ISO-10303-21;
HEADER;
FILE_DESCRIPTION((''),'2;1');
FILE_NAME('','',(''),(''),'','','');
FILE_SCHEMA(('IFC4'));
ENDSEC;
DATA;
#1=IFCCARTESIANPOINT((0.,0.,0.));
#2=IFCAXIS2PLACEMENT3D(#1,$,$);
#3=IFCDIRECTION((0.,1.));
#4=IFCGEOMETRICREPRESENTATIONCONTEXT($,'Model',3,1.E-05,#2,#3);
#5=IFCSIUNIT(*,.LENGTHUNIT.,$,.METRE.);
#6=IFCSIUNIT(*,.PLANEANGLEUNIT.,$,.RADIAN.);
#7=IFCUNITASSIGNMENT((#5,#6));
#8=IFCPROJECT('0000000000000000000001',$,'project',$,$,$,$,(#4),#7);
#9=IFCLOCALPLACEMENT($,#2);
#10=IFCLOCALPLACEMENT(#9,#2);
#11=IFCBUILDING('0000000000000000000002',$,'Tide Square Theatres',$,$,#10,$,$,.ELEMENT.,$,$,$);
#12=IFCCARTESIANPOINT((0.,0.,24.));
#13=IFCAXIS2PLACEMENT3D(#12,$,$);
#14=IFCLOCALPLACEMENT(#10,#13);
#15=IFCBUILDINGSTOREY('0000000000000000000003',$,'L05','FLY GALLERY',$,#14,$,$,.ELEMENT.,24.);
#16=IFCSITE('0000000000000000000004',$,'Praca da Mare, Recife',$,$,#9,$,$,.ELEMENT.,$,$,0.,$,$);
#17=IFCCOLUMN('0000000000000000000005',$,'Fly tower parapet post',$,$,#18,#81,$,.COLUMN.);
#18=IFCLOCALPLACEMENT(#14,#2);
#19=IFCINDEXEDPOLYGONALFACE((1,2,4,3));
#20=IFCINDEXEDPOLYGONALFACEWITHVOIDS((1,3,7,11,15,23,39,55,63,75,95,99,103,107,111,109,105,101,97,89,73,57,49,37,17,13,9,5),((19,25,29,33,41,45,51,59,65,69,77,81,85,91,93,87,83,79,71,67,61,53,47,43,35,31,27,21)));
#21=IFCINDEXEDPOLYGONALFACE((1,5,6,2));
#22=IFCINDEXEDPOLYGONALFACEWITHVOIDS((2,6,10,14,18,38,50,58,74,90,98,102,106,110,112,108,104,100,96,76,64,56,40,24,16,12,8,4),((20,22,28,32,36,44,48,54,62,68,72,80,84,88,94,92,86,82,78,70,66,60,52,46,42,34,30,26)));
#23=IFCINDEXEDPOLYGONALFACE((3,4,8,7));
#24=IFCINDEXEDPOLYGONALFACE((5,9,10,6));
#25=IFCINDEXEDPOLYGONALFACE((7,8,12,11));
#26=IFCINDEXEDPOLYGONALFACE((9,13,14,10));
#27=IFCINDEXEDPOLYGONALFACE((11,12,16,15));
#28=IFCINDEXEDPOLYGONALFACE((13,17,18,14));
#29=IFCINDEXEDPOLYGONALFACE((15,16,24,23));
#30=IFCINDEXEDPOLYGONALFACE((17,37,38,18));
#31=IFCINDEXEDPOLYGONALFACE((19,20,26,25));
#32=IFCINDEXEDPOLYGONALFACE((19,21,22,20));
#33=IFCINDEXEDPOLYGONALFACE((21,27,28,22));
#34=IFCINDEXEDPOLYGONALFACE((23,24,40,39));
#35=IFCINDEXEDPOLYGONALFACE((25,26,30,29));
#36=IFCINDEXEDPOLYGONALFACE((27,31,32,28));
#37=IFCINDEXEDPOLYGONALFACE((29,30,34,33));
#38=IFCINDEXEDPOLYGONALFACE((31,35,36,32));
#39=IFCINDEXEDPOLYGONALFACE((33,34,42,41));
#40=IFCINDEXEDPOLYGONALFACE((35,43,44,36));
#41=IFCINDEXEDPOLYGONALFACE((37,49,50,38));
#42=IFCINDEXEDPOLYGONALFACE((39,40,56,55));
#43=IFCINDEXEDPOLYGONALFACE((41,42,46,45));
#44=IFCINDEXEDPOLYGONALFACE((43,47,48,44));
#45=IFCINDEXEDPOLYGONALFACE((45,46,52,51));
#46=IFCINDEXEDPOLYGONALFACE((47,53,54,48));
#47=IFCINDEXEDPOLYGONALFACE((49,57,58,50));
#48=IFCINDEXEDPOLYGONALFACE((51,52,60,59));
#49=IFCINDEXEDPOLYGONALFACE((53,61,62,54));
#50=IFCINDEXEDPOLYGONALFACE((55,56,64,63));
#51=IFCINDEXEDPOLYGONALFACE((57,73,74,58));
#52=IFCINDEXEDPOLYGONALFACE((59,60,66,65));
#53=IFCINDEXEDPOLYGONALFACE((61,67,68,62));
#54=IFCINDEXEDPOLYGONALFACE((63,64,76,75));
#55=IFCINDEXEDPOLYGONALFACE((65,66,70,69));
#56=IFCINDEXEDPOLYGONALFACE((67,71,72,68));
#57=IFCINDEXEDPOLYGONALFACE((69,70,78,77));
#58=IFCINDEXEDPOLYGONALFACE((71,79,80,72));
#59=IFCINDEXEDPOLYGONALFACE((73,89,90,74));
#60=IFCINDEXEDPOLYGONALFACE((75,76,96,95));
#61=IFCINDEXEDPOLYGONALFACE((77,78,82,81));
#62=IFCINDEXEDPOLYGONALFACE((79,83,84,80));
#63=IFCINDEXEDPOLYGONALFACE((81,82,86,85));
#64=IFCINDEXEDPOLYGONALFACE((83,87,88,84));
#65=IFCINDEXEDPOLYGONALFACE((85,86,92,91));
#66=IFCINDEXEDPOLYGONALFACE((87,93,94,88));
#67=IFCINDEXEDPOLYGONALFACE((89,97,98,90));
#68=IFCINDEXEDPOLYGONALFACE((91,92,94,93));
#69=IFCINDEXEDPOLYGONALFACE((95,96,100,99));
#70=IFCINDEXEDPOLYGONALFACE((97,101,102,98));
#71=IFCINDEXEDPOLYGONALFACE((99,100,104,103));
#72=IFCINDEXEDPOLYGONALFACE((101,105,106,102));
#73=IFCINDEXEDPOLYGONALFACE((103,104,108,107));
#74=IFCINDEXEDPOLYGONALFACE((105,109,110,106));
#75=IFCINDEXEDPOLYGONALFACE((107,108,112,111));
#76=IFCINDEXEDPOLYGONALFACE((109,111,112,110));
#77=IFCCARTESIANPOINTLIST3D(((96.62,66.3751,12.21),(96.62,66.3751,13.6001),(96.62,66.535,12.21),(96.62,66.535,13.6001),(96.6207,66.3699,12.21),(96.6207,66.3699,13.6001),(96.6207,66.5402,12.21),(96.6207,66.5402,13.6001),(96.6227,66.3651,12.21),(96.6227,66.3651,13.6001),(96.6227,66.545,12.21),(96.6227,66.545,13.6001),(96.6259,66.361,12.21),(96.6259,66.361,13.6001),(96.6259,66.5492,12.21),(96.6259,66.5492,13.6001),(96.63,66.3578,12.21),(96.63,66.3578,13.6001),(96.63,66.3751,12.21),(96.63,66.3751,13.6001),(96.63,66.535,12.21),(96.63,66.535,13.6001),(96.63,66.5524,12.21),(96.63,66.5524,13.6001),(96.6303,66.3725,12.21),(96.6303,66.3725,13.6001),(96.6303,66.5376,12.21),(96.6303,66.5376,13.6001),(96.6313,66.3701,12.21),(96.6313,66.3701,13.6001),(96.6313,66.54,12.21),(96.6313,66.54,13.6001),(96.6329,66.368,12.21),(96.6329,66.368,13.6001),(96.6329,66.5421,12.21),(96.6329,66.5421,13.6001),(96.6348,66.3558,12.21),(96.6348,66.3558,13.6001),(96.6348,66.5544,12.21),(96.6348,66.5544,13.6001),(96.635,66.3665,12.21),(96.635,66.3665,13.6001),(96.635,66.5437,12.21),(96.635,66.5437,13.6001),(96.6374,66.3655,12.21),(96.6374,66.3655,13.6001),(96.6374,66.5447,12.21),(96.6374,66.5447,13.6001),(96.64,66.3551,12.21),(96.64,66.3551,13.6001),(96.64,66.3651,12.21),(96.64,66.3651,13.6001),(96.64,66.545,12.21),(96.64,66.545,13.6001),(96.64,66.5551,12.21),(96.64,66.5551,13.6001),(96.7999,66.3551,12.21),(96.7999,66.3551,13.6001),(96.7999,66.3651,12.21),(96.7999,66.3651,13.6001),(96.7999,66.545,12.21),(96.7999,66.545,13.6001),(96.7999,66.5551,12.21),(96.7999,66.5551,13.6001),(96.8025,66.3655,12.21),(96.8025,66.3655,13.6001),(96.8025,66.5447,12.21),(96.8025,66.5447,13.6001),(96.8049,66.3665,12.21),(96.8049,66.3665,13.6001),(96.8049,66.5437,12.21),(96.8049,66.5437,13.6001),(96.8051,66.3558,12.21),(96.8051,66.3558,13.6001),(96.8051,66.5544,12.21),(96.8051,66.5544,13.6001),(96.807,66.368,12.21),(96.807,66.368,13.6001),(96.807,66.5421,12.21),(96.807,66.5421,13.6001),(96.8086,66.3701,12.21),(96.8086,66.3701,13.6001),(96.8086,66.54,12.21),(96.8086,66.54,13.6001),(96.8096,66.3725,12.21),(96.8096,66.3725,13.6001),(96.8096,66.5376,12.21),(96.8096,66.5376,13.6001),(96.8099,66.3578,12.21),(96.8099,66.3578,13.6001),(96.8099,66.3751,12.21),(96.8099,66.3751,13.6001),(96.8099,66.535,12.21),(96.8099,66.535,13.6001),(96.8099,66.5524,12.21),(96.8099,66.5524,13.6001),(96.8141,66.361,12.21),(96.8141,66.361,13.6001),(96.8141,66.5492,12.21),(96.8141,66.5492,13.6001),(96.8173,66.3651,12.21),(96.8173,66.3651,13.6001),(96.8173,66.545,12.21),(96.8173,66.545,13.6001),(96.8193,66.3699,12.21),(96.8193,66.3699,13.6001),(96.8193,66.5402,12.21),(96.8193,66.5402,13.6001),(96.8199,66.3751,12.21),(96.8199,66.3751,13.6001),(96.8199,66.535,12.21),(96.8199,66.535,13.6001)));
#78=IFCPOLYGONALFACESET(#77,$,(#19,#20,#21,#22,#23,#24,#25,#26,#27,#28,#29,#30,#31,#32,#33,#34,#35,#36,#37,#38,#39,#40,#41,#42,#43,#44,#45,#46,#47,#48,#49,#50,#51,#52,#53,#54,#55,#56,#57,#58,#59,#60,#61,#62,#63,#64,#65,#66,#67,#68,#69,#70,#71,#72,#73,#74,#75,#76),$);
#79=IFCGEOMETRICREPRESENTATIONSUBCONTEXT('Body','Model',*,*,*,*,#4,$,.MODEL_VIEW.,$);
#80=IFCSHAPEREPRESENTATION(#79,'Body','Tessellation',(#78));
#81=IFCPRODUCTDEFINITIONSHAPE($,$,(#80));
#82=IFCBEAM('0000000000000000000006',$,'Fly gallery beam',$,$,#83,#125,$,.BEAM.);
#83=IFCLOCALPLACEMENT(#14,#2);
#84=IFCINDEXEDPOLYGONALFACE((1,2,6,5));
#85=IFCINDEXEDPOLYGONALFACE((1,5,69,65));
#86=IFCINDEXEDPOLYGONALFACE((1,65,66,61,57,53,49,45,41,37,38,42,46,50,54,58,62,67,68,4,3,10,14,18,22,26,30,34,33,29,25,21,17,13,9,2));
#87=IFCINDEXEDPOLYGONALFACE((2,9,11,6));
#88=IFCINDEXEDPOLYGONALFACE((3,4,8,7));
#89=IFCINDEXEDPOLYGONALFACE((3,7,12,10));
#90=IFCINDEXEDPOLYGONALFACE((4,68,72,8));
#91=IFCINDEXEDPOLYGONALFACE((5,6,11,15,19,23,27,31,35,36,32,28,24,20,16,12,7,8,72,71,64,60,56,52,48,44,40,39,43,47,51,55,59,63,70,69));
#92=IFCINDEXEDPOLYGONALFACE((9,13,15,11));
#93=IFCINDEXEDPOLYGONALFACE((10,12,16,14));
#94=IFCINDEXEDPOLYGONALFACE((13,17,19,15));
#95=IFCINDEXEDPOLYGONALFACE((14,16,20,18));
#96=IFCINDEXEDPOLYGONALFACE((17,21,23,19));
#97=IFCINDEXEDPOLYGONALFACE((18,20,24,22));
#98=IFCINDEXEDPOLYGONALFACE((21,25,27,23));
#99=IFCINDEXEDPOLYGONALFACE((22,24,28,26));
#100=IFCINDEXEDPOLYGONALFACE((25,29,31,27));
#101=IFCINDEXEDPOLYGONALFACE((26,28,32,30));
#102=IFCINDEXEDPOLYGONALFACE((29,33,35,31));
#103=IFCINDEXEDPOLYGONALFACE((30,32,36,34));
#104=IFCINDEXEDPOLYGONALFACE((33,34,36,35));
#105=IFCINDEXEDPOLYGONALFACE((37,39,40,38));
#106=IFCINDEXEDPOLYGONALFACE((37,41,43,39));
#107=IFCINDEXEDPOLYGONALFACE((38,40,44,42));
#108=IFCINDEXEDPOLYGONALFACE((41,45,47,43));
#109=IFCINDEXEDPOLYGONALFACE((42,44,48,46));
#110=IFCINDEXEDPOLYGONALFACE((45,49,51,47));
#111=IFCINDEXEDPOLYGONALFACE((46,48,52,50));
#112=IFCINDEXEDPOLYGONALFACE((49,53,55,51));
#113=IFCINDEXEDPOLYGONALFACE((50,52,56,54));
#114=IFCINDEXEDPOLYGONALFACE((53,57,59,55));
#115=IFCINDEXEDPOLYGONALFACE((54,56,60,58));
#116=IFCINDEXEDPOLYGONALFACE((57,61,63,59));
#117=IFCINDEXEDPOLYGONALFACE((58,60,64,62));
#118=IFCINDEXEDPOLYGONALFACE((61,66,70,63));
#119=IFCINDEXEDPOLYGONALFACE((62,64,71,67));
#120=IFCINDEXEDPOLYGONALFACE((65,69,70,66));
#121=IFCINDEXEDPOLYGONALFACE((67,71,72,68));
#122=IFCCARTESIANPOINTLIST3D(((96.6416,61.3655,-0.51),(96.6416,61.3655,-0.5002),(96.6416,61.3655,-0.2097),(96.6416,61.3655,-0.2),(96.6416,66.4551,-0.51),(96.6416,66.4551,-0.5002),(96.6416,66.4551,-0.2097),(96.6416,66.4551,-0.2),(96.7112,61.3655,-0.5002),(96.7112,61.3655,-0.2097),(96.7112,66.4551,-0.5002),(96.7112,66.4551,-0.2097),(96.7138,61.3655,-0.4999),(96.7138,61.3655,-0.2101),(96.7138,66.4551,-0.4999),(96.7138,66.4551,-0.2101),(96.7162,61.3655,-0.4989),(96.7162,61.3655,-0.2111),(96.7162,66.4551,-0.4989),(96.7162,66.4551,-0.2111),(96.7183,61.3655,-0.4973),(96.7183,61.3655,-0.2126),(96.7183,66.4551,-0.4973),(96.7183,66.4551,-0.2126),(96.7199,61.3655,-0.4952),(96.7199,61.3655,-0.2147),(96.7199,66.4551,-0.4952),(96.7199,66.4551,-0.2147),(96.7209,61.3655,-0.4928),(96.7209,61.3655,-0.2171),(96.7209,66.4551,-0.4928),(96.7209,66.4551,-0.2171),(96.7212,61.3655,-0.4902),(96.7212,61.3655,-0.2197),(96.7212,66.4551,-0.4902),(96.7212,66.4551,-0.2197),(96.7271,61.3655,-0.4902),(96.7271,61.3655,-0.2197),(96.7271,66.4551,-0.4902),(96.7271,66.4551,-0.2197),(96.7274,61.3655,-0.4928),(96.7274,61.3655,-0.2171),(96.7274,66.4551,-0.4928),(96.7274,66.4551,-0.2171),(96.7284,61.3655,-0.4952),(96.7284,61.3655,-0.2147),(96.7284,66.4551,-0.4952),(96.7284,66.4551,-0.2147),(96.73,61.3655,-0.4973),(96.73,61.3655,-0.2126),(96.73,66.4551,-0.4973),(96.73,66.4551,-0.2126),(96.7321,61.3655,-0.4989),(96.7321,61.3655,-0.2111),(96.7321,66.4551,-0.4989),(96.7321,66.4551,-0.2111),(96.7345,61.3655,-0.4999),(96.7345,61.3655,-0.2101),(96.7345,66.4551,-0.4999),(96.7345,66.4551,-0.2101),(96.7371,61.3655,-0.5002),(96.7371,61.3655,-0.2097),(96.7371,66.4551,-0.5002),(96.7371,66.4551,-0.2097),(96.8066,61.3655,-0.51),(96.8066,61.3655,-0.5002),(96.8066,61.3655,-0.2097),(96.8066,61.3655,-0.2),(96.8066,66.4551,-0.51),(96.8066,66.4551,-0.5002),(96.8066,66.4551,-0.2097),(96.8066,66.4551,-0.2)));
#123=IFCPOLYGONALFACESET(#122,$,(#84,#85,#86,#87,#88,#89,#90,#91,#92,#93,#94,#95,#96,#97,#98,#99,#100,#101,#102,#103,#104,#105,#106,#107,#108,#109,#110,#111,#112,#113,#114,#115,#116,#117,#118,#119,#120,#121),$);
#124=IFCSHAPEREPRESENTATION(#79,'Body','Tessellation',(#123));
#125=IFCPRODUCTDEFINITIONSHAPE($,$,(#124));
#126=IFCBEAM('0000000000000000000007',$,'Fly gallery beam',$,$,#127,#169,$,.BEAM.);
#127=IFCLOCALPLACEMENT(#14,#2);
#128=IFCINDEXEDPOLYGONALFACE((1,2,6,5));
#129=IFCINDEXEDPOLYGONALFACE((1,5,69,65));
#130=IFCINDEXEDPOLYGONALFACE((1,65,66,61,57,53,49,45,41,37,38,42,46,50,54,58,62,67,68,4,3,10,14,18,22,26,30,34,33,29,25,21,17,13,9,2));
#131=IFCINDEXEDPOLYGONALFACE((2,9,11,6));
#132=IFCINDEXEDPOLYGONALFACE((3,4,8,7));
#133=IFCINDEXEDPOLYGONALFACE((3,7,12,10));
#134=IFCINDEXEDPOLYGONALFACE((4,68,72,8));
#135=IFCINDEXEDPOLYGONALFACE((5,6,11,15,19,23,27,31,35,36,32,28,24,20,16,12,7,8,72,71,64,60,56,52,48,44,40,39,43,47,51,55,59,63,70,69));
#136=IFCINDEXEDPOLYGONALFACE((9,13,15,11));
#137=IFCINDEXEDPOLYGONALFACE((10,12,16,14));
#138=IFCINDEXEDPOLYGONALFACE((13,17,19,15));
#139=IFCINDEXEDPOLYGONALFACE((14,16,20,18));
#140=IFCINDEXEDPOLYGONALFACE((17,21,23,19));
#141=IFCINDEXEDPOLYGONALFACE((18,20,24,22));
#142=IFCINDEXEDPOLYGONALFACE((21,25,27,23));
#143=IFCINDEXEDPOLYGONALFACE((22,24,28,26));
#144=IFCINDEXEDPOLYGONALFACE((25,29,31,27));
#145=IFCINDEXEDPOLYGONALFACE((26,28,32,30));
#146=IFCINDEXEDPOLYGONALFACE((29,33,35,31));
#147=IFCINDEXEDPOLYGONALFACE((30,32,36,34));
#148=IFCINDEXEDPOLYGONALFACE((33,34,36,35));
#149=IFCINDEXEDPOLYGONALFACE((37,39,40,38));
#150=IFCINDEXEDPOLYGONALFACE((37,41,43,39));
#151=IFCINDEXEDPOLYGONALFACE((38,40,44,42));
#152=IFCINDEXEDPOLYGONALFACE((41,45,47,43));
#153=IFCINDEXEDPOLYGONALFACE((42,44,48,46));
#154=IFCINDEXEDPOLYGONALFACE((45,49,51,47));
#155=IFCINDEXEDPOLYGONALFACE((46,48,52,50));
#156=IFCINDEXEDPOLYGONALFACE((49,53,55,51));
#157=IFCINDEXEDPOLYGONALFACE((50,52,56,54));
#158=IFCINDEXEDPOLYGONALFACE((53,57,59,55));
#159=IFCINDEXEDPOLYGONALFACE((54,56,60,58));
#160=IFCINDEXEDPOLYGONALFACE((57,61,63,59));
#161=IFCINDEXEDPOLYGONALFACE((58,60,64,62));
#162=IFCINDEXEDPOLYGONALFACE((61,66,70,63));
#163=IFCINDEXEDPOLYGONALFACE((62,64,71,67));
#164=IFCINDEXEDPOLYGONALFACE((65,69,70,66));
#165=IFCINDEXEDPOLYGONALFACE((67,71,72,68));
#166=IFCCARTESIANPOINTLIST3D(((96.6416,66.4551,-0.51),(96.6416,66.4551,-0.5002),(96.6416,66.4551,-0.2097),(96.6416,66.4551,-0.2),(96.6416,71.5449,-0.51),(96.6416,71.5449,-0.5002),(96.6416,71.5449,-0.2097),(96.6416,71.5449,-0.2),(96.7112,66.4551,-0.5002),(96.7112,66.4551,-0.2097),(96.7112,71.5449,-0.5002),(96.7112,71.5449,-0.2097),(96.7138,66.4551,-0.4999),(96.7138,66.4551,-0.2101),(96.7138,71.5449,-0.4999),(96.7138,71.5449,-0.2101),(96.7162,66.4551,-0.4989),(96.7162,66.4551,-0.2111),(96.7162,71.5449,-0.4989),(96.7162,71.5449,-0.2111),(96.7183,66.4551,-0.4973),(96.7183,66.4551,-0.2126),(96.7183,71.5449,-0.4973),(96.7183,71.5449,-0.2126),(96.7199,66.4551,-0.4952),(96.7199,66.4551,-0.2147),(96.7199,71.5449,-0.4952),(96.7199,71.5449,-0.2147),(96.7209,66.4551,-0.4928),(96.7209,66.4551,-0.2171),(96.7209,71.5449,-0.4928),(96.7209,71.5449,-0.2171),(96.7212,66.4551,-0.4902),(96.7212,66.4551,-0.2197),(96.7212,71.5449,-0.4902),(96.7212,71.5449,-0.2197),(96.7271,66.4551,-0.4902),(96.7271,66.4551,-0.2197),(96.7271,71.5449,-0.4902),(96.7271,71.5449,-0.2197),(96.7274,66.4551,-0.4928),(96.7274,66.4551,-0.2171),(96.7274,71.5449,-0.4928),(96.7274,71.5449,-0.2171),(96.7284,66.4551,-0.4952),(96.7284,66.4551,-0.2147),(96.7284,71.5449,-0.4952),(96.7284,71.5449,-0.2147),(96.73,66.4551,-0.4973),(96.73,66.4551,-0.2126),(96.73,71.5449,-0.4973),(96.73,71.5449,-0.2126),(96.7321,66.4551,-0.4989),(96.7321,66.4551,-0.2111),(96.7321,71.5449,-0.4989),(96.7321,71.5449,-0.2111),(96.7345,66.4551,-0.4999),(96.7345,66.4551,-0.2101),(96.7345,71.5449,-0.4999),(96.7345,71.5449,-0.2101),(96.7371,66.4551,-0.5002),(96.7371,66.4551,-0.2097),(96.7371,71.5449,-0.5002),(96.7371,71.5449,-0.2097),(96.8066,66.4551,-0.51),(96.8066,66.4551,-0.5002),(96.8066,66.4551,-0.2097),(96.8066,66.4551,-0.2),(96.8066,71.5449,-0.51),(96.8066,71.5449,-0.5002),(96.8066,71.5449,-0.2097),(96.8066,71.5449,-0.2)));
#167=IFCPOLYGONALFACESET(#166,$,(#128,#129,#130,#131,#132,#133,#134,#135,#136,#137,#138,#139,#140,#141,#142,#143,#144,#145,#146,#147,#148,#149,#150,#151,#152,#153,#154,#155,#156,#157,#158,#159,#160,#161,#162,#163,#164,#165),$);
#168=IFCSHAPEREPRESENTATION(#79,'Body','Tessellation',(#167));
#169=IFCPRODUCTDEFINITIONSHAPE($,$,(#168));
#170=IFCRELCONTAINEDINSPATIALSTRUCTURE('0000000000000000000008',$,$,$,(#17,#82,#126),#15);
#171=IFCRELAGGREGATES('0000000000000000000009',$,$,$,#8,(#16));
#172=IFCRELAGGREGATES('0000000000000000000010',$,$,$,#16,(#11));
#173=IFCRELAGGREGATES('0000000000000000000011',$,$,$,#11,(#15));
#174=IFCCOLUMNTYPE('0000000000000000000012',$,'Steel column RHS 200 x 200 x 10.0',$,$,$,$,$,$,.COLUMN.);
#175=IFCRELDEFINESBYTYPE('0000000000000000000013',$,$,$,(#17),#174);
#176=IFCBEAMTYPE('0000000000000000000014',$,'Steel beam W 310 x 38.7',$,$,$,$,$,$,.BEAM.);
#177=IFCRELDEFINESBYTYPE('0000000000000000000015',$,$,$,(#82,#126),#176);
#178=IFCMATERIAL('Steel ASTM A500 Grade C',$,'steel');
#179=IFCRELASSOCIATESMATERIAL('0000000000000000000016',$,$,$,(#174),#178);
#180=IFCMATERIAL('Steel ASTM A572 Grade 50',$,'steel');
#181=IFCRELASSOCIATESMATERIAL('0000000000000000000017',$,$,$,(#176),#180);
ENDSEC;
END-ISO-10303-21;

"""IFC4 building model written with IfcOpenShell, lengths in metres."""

from ifc_helpers import new_model, si_unit, direction, frame, origin, origin_2d, place, context, subcontext, project, spatial, hollow_rectangle, i_section, extrude, material, material_profile, profile_set, type_object, element, save


model = new_model("IFC4")

# Units and contexts
model_context = context("Model", 3, precision=1e-05, world=origin(), true_north=direction((0.0, 1.0)))
body_context = subcontext(model_context, "Body", "Model", "MODEL_VIEW")
ifc_project = project(units=[si_unit("LENGTHUNIT", "METRE"), si_unit("PLANEANGLEUNIT", "RADIAN")], contexts=[model_context])

# Site, building, storey
site_placement = place(None, origin())
site = spatial("IfcSite", under=ifc_project, at=site_placement, Name="Praca da Mare, Recife", CompositionType="ELEMENT", RefElevation=0.0)
building_placement = place(site_placement, origin())
building = spatial("IfcBuilding", under=site, at=building_placement, Name="Tide Square Theatres", CompositionType="ELEMENT")
storey_placement = place(building_placement, frame((0.0, 0.0, 24.0)))
storey = spatial("IfcBuildingStorey", under=building, at=storey_placement, Name="L05", Description="FLY GALLERY", CompositionType="ELEMENT", Elevation=24.0)

# Column
ifc_material_1 = material(Name="Steel ASTM A500 Grade C", Category="steel")
ifc_material_profile_1 = material_profile(ifc_material_1, hollow_rectangle(XDim=0.2, YDim=0.2, WallThickness=0.01, InnerFilletRadius=0.01, OuterFilletRadius=0.02, at=origin_2d()))
ifc_profile_set_1 = profile_set([ifc_material_profile_1], Name="Steel ASTM A500 Grade C")
column_type_1 = type_object("IfcColumnType", Name="Steel column RHS 200 x 200 x 10.0", PredefinedType="COLUMN", material=ifc_profile_set_1)
for number, where, z_axis, x_axis, name in (
    (1, (96.72, 66.4551, 12.21), (0.0, 0.0, 1.0), (1.0, 0.0, 0.0), "Fly tower parapet post"),
):
    element("IfcColumn", number, at=place(storey_placement, frame(where, z_axis=z_axis, x_axis=x_axis)), inside=storey, type_object=column_type_1, Name=name, PredefinedType="COLUMN", context=body_context, shape_type="SweptSolid", body=[
        extrude(hollow_rectangle(XDim=0.2, YDim=0.2, WallThickness=0.01, InnerFilletRadius=0.01, OuterFilletRadius=0.02, at=origin_2d()), origin(), (0.0, 0.0, 1.0), 1.3901),
    ])

# Beams
ifc_material_2 = material(Name="Steel ASTM A572 Grade 50", Category="steel")
ifc_material_profile_2 = material_profile(ifc_material_2, i_section(OverallWidth=0.165, OverallDepth=0.3101, WebThickness=0.0059, FlangeThickness=0.0098, FilletRadius=0.01, at=origin_2d()))
ifc_profile_set_2 = profile_set([ifc_material_profile_2], Name="Steel ASTM A572 Grade 50")
beam_type_1 = type_object("IfcBeamType", Name="Steel beam W 310 x 38.7", PredefinedType="BEAM", material=ifc_profile_set_2)
beam_1_placement = place(storey_placement, frame((96.7241, 61.3655, -0.355), z_axis=(0.0, 1.0, 0.0), x_axis=(-1.0, 0.0, 0.0)))
element("IfcBeam", 2, at=beam_1_placement, inside=storey, type_object=beam_type_1, Name="Fly gallery beam", PredefinedType="BEAM", context=body_context, shape_type="SweptSolid", body=[
    extrude(i_section(OverallWidth=0.165, OverallDepth=0.3101, WebThickness=0.0059, FlangeThickness=0.0098, FilletRadius=0.01, at=origin_2d()), origin(), (0.0, 0.0, 1.0), 5.0896),
])
beam_2_placement = place(storey_placement, frame((96.7241, 66.4551, -0.355), z_axis=(0.0, 1.0, 0.0), x_axis=(-1.0, 0.0, 0.0)))
element("IfcBeam", 3, at=beam_2_placement, inside=storey, type_object=beam_type_1, Name="Fly gallery beam", PredefinedType="BEAM", context=body_context, shape_type="SweptSolid", body=[
    extrude(i_section(OverallWidth=0.165, OverallDepth=0.3101, WebThickness=0.0059, FlangeThickness=0.0098, FilletRadius=0.01, at=origin_2d()), origin(), (0.0, 0.0, 1.0), 5.0898),
])

save(model, "model.ifc")
